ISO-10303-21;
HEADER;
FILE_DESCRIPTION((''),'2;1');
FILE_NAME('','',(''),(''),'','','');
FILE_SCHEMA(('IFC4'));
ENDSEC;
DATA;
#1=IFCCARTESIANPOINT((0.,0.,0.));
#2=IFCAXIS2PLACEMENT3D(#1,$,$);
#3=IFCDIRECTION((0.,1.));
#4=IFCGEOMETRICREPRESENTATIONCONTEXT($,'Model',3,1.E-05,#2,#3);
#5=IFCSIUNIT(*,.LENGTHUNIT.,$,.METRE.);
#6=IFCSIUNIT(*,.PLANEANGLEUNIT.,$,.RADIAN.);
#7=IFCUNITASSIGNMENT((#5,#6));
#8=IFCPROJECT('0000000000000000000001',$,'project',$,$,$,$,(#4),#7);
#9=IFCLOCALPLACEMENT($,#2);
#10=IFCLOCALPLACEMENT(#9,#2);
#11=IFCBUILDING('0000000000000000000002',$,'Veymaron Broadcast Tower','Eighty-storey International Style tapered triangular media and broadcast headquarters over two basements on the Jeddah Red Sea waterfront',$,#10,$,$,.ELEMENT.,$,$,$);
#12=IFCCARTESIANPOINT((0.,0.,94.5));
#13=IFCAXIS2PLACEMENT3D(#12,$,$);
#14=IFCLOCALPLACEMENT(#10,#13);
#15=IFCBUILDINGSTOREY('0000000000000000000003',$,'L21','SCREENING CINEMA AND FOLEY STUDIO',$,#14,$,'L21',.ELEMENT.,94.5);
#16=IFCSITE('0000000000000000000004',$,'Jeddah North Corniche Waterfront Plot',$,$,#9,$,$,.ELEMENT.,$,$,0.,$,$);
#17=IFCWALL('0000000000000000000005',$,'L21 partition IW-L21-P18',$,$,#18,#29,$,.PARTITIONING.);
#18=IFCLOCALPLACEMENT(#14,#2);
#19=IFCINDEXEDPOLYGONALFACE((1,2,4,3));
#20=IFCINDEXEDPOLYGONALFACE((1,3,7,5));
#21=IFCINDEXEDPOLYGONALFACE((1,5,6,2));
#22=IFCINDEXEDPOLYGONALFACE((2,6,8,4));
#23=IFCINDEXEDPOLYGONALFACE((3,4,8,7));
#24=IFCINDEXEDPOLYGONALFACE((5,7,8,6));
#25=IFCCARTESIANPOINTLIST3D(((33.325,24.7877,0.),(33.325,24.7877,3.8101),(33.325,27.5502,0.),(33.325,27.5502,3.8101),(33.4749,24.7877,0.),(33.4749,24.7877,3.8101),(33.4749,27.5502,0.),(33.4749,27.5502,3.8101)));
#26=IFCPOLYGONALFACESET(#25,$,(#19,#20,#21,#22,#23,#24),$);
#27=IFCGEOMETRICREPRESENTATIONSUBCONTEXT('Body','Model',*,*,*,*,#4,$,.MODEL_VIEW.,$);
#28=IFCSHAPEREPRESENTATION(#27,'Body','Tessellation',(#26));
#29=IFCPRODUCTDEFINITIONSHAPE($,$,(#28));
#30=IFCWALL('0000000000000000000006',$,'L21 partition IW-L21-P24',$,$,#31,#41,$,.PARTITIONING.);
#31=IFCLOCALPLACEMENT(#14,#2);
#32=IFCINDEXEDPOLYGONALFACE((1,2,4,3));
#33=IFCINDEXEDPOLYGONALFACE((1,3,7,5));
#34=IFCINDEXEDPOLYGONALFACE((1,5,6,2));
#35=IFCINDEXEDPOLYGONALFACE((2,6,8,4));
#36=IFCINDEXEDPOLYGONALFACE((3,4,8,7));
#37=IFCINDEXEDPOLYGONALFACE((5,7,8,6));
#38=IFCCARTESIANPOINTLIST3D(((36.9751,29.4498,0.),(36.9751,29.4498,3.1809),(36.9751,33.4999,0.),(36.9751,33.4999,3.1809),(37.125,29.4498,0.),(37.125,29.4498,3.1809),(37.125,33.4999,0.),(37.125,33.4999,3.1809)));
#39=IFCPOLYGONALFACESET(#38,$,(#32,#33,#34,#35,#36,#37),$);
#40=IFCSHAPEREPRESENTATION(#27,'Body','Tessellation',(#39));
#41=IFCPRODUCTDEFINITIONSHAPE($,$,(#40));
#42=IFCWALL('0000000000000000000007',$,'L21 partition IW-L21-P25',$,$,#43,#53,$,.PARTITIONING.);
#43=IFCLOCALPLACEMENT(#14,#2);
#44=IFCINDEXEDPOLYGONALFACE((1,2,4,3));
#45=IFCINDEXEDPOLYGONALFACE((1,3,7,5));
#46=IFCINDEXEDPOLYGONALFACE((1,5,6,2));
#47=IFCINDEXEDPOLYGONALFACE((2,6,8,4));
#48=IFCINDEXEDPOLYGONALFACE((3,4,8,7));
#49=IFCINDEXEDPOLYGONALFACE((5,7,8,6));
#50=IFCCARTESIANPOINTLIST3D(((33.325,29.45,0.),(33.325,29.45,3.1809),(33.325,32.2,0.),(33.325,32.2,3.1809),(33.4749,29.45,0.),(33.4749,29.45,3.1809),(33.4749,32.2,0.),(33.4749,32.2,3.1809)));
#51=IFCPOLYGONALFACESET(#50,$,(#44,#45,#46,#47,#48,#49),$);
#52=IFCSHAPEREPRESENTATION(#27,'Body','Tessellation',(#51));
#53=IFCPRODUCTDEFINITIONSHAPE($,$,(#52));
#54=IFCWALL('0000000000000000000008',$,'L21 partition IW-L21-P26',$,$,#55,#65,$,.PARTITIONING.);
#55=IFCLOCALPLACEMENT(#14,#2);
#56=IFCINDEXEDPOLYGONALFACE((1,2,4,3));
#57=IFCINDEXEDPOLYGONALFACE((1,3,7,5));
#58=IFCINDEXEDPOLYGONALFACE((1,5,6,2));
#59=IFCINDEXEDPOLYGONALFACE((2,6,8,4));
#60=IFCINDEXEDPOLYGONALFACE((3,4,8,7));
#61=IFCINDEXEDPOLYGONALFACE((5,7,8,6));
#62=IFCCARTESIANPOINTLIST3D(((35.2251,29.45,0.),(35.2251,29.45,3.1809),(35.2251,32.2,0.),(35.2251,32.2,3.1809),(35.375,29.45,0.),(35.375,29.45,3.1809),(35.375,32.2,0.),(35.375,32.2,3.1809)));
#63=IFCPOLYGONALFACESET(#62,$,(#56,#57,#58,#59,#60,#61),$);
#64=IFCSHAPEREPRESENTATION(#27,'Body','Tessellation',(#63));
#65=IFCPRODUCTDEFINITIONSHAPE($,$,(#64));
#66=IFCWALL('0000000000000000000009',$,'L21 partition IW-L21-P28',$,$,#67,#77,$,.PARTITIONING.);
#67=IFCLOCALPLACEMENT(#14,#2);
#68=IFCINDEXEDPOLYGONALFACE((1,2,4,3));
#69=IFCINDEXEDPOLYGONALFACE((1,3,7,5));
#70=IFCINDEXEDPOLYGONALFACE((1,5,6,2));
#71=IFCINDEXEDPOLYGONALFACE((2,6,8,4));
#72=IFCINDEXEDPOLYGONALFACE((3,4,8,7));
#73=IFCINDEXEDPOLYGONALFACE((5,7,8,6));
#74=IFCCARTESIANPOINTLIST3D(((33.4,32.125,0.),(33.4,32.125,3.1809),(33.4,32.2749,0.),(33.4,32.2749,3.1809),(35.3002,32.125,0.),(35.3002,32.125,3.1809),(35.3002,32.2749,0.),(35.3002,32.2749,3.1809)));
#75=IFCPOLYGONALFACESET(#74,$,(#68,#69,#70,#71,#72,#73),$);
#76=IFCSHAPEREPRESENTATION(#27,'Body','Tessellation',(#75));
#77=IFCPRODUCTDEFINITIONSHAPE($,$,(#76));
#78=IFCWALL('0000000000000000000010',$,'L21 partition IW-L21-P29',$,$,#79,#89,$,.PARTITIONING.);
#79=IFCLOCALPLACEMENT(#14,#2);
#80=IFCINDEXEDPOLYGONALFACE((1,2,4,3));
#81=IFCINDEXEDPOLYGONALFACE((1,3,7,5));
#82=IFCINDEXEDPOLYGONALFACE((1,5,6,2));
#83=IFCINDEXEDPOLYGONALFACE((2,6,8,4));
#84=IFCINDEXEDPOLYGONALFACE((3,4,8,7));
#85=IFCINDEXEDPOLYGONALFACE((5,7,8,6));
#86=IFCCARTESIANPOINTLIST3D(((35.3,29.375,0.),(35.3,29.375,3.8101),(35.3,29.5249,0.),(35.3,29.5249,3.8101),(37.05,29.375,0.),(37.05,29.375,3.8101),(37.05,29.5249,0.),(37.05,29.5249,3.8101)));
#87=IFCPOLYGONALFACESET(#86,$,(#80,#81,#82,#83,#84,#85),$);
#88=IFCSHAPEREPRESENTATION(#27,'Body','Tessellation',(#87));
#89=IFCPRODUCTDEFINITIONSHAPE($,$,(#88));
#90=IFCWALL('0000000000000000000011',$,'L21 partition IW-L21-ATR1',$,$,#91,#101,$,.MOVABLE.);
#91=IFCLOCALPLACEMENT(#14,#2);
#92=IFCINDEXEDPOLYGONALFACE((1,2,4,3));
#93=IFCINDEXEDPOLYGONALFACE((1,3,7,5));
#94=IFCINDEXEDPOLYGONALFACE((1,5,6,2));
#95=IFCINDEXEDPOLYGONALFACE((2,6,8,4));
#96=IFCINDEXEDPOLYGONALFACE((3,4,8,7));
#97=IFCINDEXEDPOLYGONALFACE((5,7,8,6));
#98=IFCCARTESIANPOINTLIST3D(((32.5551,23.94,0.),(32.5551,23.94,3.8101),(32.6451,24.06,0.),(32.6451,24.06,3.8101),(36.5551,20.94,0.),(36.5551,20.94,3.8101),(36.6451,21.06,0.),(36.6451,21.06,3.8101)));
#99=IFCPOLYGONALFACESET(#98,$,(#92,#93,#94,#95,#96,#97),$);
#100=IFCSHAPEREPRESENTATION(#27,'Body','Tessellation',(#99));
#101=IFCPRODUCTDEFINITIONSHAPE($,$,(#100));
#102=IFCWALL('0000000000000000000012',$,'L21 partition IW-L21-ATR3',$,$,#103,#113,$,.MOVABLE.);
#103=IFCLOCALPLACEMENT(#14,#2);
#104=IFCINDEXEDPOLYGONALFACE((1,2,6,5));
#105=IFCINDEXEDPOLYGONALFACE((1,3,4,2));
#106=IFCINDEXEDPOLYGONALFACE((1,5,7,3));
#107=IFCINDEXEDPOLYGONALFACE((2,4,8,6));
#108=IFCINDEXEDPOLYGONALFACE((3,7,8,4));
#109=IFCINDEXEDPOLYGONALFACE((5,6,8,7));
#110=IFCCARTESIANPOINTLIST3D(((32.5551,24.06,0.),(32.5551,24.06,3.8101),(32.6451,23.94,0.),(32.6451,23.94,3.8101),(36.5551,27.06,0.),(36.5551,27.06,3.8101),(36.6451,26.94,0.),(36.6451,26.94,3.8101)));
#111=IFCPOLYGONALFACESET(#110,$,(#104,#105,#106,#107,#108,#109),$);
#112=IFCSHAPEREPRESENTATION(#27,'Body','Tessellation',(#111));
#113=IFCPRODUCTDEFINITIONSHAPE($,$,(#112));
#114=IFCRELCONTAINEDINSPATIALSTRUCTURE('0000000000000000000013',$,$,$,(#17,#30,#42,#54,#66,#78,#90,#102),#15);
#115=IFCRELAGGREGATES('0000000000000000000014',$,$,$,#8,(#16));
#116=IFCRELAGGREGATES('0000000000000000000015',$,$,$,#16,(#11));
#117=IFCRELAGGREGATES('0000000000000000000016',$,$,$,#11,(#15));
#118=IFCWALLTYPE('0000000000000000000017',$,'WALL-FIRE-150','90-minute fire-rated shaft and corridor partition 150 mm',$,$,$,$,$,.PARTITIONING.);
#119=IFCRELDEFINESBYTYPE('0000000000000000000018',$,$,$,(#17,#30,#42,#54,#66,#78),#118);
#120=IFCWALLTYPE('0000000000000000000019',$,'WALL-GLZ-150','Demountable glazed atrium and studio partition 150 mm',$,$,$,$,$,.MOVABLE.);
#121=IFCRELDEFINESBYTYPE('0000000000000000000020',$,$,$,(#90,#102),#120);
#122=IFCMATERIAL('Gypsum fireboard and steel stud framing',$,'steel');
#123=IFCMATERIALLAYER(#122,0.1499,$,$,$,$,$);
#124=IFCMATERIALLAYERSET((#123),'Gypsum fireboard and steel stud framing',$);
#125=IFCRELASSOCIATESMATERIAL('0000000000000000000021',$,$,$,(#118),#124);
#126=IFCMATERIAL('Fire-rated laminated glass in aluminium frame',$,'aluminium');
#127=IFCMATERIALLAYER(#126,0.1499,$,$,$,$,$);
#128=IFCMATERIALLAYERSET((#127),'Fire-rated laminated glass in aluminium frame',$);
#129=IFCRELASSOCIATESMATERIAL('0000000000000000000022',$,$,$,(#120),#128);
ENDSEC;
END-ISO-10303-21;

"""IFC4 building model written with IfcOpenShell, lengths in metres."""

from ifc_helpers import new_model, si_unit, direction, frame, frame_2d, origin, place, context, subcontext, project, spatial, rectangle, extrude, material, layer, layer_set, type_object, element, save


model = new_model("IFC4")

# Units and contexts
model_context = context("Model", 3, precision=1e-05, world=origin(), true_north=direction((0.0, 1.0)))
body_context = subcontext(model_context, "Body", "Model", "MODEL_VIEW")
ifc_project = project(units=[si_unit("LENGTHUNIT", "METRE"), si_unit("PLANEANGLEUNIT", "RADIAN")], contexts=[model_context])

# Site, building, storey
site_placement = place(None, origin())
site = spatial("IfcSite", under=ifc_project, at=site_placement, Name="Jeddah North Corniche Waterfront Plot", CompositionType="ELEMENT", RefElevation=0.0)
building_placement = place(site_placement, origin())
building = spatial("IfcBuilding", under=site, at=building_placement, Name="Veymaron Broadcast Tower", Description="Eighty-storey International Style tapered triangular media and broadcast headquarters over two basements on the Jeddah Red Sea waterfront", CompositionType="ELEMENT")
storey_placement = place(building_placement, frame((0.0, 0.0, 94.5)))
storey = spatial("IfcBuildingStorey", under=building, at=storey_placement, Name="L21", Description="SCREENING CINEMA AND FOLEY STUDIO", LongName="L21", CompositionType="ELEMENT", Elevation=94.5)

# Walls
ifc_material_1 = material(Name="Gypsum fireboard and steel stud framing", Category="steel")
ifc_layer_1 = layer(ifc_material_1, 0.1499)
ifc_layer_set_1 = layer_set([ifc_layer_1], Name="Gypsum fireboard and steel stud framing")
wall_type_1 = type_object("IfcWallType", Name="WALL-FIRE-150", Description="90-minute fire-rated shaft and corridor partition 150 mm", PredefinedType="PARTITIONING", material=ifc_layer_set_1)
wall_1_placement = place(storey_placement, frame((33.3999, 24.7876, 0.0), z_axis=(0.0, 0.0, 1.0), x_axis=(0.0, 1.0, 0.0)))
element("IfcWall", 1, at=wall_1_placement, inside=storey, type_object=wall_type_1, Name="L21 partition IW-L21-P18", PredefinedType="PARTITIONING", context=body_context, shape_type="SweptSolid", body=[
    extrude(rectangle(XDim=2.7625, YDim=0.1499, at=frame_2d((1.3813, 0.0))), origin(), (0.0, 0.0, 1.0), 3.8101),
])
wall_2_placement = place(storey_placement, frame((37.05, 29.45, 0.0), z_axis=(0.0, 0.0, 1.0), x_axis=(0.0, 1.0, 0.0)))
element("IfcWall", 2, at=wall_2_placement, inside=storey, type_object=wall_type_1, Name="L21 partition IW-L21-P24", PredefinedType="PARTITIONING", context=body_context, shape_type="SweptSolid", body=[
    extrude(rectangle(XDim=4.05, YDim=0.1499, at=frame_2d((2.0249, 0.0))), origin(), (0.0, 0.0, 1.0), 3.1809),
])
for number, where, z_axis, x_axis, name in (
    (3, (33.3999, 29.45, 0.0), (0.0, 0.0, 1.0), (0.0, 1.0, 0.0), "L21 partition IW-L21-P25"),
    (4, (35.3, 29.45, 0.0), (0.0, 0.0, 1.0), (0.0, 1.0, 0.0), "L21 partition IW-L21-P26"),
):
    element("IfcWall", number, at=place(storey_placement, frame(where, z_axis=z_axis, x_axis=x_axis)), inside=storey, type_object=wall_type_1, Name=name, PredefinedType="PARTITIONING", context=body_context, shape_type="SweptSolid", body=[
        extrude(rectangle(XDim=2.75, YDim=0.1499, at=frame_2d((1.375, 0.0))), origin(), (0.0, 0.0, 1.0), 3.1809),
    ])
wall_3_placement = place(storey_placement, frame((33.3999, 32.2, 0.0), z_axis=(0.0, 0.0, 1.0), x_axis=(1.0, 0.0, 0.0)))
element("IfcWall", 5, at=wall_3_placement, inside=storey, type_object=wall_type_1, Name="L21 partition IW-L21-P28", PredefinedType="PARTITIONING", context=body_context, shape_type="SweptSolid", body=[
    extrude(rectangle(XDim=1.9001, YDim=0.1499, at=frame_2d((0.9502, 0.0))), origin(), (0.0, 0.0, 1.0), 3.1809),
])
wall_4_placement = place(storey_placement, frame((35.3, 29.45, 0.0), z_axis=(0.0, 0.0, 1.0), x_axis=(1.0, 0.0, 0.0)))
element("IfcWall", 6, at=wall_4_placement, inside=storey, type_object=wall_type_1, Name="L21 partition IW-L21-P29", PredefinedType="PARTITIONING", context=body_context, shape_type="SweptSolid", body=[
    extrude(rectangle(XDim=1.75, YDim=0.1499, at=frame_2d((0.875, 0.0))), origin(), (0.0, 0.0, 1.0), 3.8101),
])
ifc_material_2 = material(Name="Fire-rated laminated glass in aluminium frame", Category="aluminium")
ifc_layer_2 = layer(ifc_material_2, 0.1499)
ifc_layer_set_2 = layer_set([ifc_layer_2], Name="Fire-rated laminated glass in aluminium frame")
wall_type_2 = type_object("IfcWallType", Name="WALL-GLZ-150", Description="Demountable glazed atrium and studio partition 150 mm", PredefinedType="MOVABLE", material=ifc_layer_set_2)
for number, where, z_axis, x_axis, name in (
    (7, (32.6001, 24.0, 0.0), (0.0, 0.0, 1.0), (0.8, -0.6, 0.0), "L21 partition IW-L21-ATR1"),
    (8, (36.6001, 27.0, 0.0), (0.0, 0.0, 1.0), (-0.8, -0.6, 0.0), "L21 partition IW-L21-ATR3"),
):
    element("IfcWall", number, at=place(storey_placement, frame(where, z_axis=z_axis, x_axis=x_axis)), inside=storey, type_object=wall_type_2, Name=name, PredefinedType="MOVABLE", context=body_context, shape_type="SweptSolid", body=[
        extrude(rectangle(XDim=5.0, YDim=0.1499, at=frame_2d((2.5, 0.0))), origin(), (0.0, 0.0, 1.0), 3.8101),
    ])

save(model, "model.ifc")
